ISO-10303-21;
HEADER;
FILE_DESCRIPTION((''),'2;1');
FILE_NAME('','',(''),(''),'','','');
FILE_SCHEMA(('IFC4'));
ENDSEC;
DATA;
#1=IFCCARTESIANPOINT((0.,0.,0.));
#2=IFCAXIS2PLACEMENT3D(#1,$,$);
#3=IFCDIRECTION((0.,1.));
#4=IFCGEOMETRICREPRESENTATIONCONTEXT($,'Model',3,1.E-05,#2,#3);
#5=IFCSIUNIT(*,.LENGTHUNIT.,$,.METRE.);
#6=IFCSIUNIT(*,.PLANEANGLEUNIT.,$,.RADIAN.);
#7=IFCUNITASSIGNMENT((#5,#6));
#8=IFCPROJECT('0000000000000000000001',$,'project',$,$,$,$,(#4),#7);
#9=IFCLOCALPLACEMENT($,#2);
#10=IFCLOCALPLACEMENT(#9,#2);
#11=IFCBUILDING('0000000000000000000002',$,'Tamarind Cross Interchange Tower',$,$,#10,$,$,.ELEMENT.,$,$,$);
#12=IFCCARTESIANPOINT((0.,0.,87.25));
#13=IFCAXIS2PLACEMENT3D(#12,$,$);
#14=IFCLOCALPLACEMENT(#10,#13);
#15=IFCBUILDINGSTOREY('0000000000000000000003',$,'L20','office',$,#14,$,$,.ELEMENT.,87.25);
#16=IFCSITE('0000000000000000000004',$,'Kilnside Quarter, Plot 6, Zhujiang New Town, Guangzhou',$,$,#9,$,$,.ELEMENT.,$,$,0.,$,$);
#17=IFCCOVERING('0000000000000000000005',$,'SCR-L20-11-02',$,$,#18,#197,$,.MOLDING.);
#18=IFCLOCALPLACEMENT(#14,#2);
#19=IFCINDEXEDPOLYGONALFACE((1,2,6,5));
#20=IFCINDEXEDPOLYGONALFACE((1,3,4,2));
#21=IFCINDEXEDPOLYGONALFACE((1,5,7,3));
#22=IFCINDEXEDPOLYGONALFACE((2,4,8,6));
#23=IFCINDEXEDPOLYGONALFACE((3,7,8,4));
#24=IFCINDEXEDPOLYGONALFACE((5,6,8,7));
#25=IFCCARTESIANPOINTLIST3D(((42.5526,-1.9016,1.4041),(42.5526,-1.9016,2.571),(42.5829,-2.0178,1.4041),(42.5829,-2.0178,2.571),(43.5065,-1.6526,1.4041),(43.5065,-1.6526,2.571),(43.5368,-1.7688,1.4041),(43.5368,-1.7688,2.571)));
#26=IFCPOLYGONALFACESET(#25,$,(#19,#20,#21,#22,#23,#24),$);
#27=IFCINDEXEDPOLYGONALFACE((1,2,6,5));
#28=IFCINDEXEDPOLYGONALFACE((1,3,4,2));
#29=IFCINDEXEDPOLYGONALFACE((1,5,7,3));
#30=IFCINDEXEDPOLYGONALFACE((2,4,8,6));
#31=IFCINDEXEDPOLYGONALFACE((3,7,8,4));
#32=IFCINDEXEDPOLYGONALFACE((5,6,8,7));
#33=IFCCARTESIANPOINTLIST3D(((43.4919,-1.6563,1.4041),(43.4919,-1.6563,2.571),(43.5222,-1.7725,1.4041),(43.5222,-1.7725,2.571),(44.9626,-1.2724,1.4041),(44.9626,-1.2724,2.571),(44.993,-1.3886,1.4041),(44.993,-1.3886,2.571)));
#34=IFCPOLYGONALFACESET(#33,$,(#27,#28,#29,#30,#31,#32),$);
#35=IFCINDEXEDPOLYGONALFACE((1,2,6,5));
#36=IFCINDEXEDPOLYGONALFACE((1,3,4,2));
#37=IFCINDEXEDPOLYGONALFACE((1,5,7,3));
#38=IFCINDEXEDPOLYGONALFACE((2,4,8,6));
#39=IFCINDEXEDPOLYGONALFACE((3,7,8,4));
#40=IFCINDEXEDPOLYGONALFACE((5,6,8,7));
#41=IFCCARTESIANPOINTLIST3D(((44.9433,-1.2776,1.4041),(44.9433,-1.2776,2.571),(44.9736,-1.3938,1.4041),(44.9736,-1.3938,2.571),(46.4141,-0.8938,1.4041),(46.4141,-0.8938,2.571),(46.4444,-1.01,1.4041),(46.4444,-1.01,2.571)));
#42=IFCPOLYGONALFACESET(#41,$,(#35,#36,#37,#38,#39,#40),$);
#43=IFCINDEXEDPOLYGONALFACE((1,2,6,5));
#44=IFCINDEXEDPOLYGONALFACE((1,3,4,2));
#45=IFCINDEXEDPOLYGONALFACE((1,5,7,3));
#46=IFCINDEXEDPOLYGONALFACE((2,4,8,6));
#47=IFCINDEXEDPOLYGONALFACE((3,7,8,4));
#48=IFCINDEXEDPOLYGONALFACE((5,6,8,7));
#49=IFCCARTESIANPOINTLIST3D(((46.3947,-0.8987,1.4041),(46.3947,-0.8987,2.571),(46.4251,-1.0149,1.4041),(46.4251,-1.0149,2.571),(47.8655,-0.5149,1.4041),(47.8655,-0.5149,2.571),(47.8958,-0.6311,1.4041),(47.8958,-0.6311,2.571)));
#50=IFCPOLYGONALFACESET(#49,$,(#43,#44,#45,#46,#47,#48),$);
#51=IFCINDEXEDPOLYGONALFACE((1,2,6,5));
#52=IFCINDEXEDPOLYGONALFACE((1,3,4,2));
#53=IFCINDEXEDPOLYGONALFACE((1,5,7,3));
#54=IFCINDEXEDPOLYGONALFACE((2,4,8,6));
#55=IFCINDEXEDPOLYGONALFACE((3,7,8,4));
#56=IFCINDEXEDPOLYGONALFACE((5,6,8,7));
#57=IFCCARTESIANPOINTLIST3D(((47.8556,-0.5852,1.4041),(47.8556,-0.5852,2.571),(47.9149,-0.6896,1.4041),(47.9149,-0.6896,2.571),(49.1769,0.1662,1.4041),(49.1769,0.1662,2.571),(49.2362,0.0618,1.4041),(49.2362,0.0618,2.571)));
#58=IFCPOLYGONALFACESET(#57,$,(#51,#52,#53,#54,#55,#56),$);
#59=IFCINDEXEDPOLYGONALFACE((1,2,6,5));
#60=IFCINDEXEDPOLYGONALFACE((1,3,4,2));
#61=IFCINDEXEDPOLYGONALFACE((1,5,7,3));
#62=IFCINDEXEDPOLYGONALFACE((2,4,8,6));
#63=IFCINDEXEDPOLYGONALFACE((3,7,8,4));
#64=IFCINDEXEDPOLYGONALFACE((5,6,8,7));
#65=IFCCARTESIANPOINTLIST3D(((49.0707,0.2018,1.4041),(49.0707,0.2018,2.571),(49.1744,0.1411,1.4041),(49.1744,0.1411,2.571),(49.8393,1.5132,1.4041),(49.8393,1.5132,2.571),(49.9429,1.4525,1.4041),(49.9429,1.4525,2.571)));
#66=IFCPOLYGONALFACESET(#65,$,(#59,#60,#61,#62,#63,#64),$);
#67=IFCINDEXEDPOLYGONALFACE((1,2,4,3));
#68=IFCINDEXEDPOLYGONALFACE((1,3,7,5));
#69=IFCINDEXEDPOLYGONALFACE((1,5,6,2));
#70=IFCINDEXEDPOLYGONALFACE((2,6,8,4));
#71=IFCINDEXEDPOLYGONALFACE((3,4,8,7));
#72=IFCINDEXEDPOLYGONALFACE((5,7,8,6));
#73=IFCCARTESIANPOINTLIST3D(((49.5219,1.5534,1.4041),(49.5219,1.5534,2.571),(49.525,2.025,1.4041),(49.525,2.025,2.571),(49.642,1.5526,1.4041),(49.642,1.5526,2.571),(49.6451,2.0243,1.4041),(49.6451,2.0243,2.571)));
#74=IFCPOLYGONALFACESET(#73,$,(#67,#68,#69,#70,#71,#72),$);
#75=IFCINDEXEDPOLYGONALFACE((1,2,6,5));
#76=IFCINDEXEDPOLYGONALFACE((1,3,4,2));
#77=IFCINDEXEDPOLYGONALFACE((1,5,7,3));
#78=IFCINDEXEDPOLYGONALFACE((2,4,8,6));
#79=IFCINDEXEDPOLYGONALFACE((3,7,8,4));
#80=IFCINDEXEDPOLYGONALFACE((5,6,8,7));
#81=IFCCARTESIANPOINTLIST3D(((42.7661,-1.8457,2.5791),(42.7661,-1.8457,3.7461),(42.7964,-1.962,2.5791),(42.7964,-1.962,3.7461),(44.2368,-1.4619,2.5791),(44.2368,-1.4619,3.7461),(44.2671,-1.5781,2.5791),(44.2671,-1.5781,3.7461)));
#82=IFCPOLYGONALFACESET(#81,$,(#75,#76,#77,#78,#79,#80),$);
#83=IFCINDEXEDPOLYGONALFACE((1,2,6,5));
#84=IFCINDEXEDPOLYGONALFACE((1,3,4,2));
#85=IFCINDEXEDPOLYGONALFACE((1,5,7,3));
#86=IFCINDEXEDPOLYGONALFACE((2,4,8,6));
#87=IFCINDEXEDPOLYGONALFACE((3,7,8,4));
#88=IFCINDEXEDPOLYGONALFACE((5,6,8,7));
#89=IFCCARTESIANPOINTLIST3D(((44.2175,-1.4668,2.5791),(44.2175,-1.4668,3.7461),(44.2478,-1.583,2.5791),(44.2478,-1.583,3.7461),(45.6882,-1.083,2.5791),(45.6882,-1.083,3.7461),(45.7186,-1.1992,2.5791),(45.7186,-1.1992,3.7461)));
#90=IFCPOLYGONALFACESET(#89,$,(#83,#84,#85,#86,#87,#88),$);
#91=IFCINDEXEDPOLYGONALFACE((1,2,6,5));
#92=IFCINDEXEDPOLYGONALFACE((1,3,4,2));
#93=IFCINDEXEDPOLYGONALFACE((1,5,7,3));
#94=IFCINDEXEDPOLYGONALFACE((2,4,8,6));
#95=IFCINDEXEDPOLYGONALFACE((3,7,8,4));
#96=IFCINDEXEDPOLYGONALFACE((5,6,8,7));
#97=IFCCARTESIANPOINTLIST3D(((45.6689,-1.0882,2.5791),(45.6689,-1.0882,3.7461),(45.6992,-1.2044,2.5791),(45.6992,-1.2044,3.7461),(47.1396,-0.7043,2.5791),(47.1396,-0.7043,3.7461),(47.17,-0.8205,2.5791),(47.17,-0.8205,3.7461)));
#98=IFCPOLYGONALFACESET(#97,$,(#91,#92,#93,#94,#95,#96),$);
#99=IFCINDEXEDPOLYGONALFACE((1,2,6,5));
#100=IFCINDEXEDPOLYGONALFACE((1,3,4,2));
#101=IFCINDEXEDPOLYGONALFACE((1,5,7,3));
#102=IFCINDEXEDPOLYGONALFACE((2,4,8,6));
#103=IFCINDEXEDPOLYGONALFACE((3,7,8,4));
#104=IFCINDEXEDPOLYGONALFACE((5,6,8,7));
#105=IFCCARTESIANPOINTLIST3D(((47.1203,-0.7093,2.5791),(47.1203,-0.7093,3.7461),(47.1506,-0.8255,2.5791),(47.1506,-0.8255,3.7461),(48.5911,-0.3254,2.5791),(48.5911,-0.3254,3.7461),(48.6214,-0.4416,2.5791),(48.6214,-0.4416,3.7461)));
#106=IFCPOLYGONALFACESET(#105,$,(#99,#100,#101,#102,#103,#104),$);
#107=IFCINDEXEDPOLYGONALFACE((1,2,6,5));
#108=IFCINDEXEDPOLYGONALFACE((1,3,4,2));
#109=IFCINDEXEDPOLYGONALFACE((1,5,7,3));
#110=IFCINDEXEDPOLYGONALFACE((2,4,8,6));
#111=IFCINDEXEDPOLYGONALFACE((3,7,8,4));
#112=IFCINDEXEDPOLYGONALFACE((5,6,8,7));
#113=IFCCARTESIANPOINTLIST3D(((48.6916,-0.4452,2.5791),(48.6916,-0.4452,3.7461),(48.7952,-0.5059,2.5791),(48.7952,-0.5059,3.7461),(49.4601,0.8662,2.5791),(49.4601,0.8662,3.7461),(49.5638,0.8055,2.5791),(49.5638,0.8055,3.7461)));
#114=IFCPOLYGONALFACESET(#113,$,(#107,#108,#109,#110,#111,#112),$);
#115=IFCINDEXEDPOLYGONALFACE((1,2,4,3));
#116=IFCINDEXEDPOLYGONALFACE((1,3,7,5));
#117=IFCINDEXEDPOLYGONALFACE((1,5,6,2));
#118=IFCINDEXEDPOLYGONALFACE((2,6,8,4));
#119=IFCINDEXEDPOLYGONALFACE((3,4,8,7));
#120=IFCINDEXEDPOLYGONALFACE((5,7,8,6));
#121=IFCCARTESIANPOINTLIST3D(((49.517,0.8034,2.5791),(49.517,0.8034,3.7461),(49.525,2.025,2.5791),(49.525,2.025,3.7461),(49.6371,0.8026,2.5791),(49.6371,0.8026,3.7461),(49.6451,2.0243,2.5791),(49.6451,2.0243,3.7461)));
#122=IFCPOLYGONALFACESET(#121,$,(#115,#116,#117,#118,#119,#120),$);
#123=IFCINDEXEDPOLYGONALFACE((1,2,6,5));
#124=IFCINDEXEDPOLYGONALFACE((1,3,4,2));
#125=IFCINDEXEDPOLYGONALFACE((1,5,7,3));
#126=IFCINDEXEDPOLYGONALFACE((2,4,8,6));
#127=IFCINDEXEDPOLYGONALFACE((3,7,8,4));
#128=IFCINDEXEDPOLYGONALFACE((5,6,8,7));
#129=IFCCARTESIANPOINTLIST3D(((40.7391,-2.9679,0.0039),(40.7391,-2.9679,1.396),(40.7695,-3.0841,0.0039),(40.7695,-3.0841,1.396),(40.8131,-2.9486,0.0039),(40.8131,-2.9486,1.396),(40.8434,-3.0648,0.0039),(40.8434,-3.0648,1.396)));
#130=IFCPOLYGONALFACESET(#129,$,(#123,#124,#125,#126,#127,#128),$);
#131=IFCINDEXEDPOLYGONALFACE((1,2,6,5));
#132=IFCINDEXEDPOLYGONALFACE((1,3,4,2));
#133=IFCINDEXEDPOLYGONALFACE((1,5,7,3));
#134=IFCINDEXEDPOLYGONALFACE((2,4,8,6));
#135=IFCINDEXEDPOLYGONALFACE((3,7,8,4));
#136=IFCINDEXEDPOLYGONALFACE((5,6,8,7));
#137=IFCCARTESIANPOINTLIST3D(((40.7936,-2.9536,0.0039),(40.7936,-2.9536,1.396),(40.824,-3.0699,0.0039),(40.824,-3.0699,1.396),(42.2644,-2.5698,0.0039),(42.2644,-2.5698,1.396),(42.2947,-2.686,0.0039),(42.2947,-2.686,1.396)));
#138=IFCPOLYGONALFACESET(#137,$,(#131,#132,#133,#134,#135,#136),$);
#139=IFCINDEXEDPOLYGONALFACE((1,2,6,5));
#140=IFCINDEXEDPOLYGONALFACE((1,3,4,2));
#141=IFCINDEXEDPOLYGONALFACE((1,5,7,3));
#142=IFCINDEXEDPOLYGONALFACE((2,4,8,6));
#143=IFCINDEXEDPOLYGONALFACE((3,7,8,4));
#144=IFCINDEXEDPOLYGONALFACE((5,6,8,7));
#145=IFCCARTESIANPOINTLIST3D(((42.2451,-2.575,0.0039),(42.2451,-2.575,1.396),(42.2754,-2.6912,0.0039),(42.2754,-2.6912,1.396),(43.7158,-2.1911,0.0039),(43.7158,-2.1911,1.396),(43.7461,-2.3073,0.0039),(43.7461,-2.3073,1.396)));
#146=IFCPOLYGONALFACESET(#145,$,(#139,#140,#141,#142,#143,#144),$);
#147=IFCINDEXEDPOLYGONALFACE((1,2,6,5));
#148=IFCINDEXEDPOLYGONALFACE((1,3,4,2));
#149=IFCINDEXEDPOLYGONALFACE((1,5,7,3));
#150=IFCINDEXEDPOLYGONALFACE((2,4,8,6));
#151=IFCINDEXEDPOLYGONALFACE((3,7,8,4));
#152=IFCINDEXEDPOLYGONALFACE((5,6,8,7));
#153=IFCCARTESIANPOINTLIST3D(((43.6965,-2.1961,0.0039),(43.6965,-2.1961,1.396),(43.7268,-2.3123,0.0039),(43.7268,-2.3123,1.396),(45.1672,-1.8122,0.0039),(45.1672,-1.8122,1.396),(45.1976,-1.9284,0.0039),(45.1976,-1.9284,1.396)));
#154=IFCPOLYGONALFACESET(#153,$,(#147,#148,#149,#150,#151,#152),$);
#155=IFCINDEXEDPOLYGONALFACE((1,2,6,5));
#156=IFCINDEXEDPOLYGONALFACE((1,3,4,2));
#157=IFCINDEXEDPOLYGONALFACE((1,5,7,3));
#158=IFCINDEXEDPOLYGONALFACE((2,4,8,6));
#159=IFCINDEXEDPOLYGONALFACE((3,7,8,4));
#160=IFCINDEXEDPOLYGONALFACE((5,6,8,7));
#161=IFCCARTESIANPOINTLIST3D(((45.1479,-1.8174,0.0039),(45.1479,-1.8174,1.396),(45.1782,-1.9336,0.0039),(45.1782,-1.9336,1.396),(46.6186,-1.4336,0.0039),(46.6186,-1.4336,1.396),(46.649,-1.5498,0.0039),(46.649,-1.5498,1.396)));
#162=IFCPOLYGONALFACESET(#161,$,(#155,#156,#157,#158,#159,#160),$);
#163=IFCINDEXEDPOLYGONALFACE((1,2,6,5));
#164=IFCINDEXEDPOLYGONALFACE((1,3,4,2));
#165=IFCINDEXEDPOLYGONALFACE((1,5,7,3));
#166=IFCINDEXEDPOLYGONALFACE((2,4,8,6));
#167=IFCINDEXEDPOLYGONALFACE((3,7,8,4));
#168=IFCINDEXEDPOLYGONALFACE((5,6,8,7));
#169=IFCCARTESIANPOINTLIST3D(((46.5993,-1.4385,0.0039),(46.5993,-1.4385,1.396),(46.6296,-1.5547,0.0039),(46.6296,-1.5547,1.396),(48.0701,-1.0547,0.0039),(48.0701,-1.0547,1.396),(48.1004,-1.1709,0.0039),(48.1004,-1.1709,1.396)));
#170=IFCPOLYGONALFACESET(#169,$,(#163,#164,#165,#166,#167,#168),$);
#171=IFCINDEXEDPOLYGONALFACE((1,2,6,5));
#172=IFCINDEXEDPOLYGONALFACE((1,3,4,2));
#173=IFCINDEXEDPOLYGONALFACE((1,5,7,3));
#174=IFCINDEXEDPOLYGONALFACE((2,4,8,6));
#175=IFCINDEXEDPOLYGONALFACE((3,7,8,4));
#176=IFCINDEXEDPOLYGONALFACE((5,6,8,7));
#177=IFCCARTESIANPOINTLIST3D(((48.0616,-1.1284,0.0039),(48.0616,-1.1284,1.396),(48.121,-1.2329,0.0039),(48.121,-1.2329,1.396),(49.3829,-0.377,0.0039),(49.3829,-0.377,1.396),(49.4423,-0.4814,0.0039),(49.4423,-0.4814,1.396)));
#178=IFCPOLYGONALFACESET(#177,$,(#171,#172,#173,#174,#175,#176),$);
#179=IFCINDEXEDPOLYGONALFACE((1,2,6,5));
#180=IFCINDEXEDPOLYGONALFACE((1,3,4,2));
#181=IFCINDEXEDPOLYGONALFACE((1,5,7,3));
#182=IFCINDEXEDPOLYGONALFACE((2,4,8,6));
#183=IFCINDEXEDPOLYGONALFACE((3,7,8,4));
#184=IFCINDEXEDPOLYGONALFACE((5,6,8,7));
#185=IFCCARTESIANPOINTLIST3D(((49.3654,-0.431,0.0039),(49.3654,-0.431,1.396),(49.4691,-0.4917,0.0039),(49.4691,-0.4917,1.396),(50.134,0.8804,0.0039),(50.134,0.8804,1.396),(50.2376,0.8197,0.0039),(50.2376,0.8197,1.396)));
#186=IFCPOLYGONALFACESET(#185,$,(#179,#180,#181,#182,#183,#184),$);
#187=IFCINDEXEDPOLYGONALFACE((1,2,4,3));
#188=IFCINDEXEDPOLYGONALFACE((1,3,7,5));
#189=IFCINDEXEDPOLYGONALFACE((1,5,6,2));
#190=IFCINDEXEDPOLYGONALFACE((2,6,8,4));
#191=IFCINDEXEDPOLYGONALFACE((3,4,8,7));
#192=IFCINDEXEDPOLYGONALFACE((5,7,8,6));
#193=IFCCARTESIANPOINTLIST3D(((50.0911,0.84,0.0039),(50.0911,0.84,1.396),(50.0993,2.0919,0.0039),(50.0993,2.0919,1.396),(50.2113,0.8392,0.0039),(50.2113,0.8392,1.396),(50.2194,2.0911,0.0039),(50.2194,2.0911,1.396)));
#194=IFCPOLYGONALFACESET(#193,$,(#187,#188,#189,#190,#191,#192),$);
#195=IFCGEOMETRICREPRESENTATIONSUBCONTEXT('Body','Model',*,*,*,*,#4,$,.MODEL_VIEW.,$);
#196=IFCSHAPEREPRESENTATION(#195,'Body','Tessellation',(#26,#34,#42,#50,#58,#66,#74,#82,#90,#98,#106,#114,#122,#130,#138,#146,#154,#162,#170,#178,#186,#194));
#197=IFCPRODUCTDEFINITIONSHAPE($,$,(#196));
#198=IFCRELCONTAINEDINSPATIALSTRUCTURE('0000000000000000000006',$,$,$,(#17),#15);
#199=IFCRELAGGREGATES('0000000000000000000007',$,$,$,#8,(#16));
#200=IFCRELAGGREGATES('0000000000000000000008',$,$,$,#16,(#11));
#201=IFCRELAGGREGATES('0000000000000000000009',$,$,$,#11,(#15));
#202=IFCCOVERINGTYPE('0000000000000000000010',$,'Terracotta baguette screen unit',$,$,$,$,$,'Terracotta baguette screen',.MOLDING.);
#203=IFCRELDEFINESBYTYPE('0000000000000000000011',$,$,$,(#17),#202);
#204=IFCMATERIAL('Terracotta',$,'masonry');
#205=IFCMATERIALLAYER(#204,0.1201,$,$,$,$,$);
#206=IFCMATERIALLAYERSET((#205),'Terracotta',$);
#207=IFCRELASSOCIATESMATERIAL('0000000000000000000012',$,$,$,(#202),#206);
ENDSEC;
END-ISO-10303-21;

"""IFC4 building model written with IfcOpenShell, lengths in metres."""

from ifc_helpers import new_model, si_unit, direction, frame, origin, origin_2d, place, context, subcontext, project, spatial, rectangle, extrude, material, layer, layer_set, type_object, element, save


model = new_model("IFC4")

# Units and contexts
model_context = context("Model", 3, precision=1e-05, world=origin(), true_north=direction((0.0, 1.0)))
body_context = subcontext(model_context, "Body", "Model", "MODEL_VIEW")
ifc_project = project(units=[si_unit("LENGTHUNIT", "METRE"), si_unit("PLANEANGLEUNIT", "RADIAN")], contexts=[model_context])

# Site, building, storey
site_placement = place(None, origin())
site = spatial("IfcSite", under=ifc_project, at=site_placement, Name="Kilnside Quarter, Plot 6, Zhujiang New Town, Guangzhou", CompositionType="ELEMENT", RefElevation=0.0)
building_placement = place(site_placement, origin())
building = spatial("IfcBuilding", under=site, at=building_placement, Name="Tamarind Cross Interchange Tower", CompositionType="ELEMENT")
storey_placement = place(building_placement, frame((0.0, 0.0, 87.25)))
storey = spatial("IfcBuildingStorey", under=building, at=storey_placement, Name="L20", Description="office", CompositionType="ELEMENT", Elevation=87.25)

# Covering
ifc_material_1 = material(Name="Terracotta", Category="masonry")
ifc_layer_1 = layer(ifc_material_1, 0.1201)
ifc_layer_set_1 = layer_set([ifc_layer_1], Name="Terracotta")
covering_type = type_object("IfcCoveringType", Name="Terracotta baguette screen unit", ElementType="Terracotta baguette screen", PredefinedType="MOLDING", material=ifc_layer_set_1)
covering_1_placement = place(storey_placement, origin())
element("IfcCovering", 1, at=covering_1_placement, inside=storey, type_object=covering_type, Name="SCR-L20-11-02", PredefinedType="MOLDING", context=body_context, shape_type="SweptSolid", body=[
    extrude(rectangle(XDim=0.9858, YDim=0.1201, at=origin_2d()), frame((43.0447, -1.8352, 1.4041), z_axis=(0.0, 0.0, 1.0), x_axis=(0.967589, 0.252529, 0.0)), (0.0, 0.0, 1.0), 1.167),
    extrude(rectangle(XDim=1.52, YDim=0.1201, at=origin_2d()), frame((44.2424, -1.5225, 1.4041), z_axis=(0.0, 0.0, 1.0), x_axis=(0.967589, 0.252529, 0.0)), (0.0, 0.0, 1.0), 1.167),
    extrude(rectangle(XDim=1.52, YDim=0.1201, at=origin_2d()), frame((45.6938, -1.1438, 1.4041), z_axis=(0.0, 0.0, 1.0), x_axis=(0.967589, 0.252529, 0.0)), (0.0, 0.0, 1.0), 1.167),
    extrude(rectangle(XDim=1.52, YDim=0.1201, at=origin_2d()), frame((47.1453, -0.7649, 1.4041), z_axis=(0.0, 0.0, 1.0), x_axis=(0.967589, 0.252529, 0.0)), (0.0, 0.0, 1.0), 1.167),
    extrude(rectangle(XDim=1.52, YDim=0.1201, at=origin_2d()), frame((48.5459, -0.2617, 1.4041), z_axis=(0.0, 0.0, 1.0), x_axis=(0.86926, 0.494355, 0.0)), (0.0, 0.0, 1.0), 1.167),
    extrude(rectangle(XDim=1.52, YDim=0.1201, at=origin_2d()), frame((49.5068, 0.8271, 1.4041), z_axis=(0.0, 0.0, 1.0), x_axis=(0.505624, 0.862754, 0.0)), (0.0, 0.0, 1.0), 1.167),
    extrude(rectangle(XDim=0.4717, YDim=0.1201, at=origin_2d()), frame((49.5835, 1.7888, 1.4041), z_axis=(0.0, 0.0, 1.0), x_axis=(0.006507, 0.999979, 0.0)), (0.0, 0.0, 1.0), 1.167),
    extrude(rectangle(XDim=1.52, YDim=0.1201, at=origin_2d()), frame((43.5166, -1.7119, 2.5791), z_axis=(0.0, 0.0, 1.0), x_axis=(0.967589, 0.252529, 0.0)), (0.0, 0.0, 1.0), 1.167),
    extrude(rectangle(XDim=1.52, YDim=0.1201, at=origin_2d()), frame((44.968, -1.333, 2.5791), z_axis=(0.0, 0.0, 1.0), x_axis=(0.967589, 0.252529, 0.0)), (0.0, 0.0, 1.0), 1.167),
    extrude(rectangle(XDim=1.52, YDim=0.1201, at=origin_2d()), frame((46.4194, -0.9543, 2.5791), z_axis=(0.0, 0.0, 1.0), x_axis=(0.967589, 0.252529, 0.0)), (0.0, 0.0, 1.0), 1.167),
    extrude(rectangle(XDim=1.52, YDim=0.1201, at=origin_2d()), frame((47.8708, -0.5754, 2.5791), z_axis=(0.0, 0.0, 1.0), x_axis=(0.967589, 0.252529, 0.0)), (0.0, 0.0, 1.0), 1.167),
    extrude(rectangle(XDim=1.52, YDim=0.1201, at=origin_2d()), frame((49.1277, 0.1802, 2.5791), z_axis=(0.0, 0.0, 1.0), x_axis=(0.505624, 0.862754, 0.0)), (0.0, 0.0, 1.0), 1.167),
    extrude(rectangle(XDim=1.2217, YDim=0.1201, at=origin_2d()), frame((49.5811, 1.4138, 2.5791), z_axis=(0.0, 0.0, 1.0), x_axis=(0.006507, 0.999979, 0.0)), (0.0, 0.0, 1.0), 1.167),
    extrude(rectangle(XDim=0.0764, YDim=0.1201, at=origin_2d()), frame((40.7913, -3.0164, 0.0039), z_axis=(0.0, 0.0, 1.0), x_axis=(0.967589, 0.252529, 0.0)), (0.0, 0.0, 1.0), 1.3921),
    extrude(rectangle(XDim=1.52, YDim=0.1201, at=origin_2d()), frame((41.5442, -2.8198, 0.0039), z_axis=(0.0, 0.0, 1.0), x_axis=(0.967589, 0.252529, 0.0)), (0.0, 0.0, 1.0), 1.3921),
    extrude(rectangle(XDim=1.52, YDim=0.1201, at=origin_2d()), frame((42.9956, -2.4412, 0.0039), z_axis=(0.0, 0.0, 1.0), x_axis=(0.967589, 0.252529, 0.0)), (0.0, 0.0, 1.0), 1.3921),
    extrude(rectangle(XDim=1.52, YDim=0.1201, at=origin_2d()), frame((44.447, -2.0623, 0.0039), z_axis=(0.0, 0.0, 1.0), x_axis=(0.967589, 0.252529, 0.0)), (0.0, 0.0, 1.0), 1.3921),
    extrude(rectangle(XDim=1.52, YDim=0.1201, at=origin_2d()), frame((45.8984, -1.6836, 0.0039), z_axis=(0.0, 0.0, 1.0), x_axis=(0.967589, 0.252529, 0.0)), (0.0, 0.0, 1.0), 1.3921),
    extrude(rectangle(XDim=1.52, YDim=0.1201, at=origin_2d()), frame((47.3499, -1.3047, 0.0039), z_axis=(0.0, 0.0, 1.0), x_axis=(0.967589, 0.252529, 0.0)), (0.0, 0.0, 1.0), 1.3921),
    extrude(rectangle(XDim=1.52, YDim=0.1201, at=origin_2d()), frame((48.752, -0.8049, 0.0039), z_axis=(0.0, 0.0, 1.0), x_axis=(0.86926, 0.494355, 0.0)), (0.0, 0.0, 1.0), 1.3921),
    extrude(rectangle(XDim=1.52, YDim=0.1201, at=origin_2d()), frame((49.8015, 0.1943, 0.0039), z_axis=(0.0, 0.0, 1.0), x_axis=(0.505624, 0.862754, 0.0)), (0.0, 0.0, 1.0), 1.3921),
    extrude(rectangle(XDim=1.252, YDim=0.1201, at=origin_2d()), frame((50.1553, 1.4656, 0.0039), z_axis=(0.0, 0.0, 1.0), x_axis=(0.006507, 0.999979, 0.0)), (0.0, 0.0, 1.0), 1.3921),
])

save(model, "model.ifc")
